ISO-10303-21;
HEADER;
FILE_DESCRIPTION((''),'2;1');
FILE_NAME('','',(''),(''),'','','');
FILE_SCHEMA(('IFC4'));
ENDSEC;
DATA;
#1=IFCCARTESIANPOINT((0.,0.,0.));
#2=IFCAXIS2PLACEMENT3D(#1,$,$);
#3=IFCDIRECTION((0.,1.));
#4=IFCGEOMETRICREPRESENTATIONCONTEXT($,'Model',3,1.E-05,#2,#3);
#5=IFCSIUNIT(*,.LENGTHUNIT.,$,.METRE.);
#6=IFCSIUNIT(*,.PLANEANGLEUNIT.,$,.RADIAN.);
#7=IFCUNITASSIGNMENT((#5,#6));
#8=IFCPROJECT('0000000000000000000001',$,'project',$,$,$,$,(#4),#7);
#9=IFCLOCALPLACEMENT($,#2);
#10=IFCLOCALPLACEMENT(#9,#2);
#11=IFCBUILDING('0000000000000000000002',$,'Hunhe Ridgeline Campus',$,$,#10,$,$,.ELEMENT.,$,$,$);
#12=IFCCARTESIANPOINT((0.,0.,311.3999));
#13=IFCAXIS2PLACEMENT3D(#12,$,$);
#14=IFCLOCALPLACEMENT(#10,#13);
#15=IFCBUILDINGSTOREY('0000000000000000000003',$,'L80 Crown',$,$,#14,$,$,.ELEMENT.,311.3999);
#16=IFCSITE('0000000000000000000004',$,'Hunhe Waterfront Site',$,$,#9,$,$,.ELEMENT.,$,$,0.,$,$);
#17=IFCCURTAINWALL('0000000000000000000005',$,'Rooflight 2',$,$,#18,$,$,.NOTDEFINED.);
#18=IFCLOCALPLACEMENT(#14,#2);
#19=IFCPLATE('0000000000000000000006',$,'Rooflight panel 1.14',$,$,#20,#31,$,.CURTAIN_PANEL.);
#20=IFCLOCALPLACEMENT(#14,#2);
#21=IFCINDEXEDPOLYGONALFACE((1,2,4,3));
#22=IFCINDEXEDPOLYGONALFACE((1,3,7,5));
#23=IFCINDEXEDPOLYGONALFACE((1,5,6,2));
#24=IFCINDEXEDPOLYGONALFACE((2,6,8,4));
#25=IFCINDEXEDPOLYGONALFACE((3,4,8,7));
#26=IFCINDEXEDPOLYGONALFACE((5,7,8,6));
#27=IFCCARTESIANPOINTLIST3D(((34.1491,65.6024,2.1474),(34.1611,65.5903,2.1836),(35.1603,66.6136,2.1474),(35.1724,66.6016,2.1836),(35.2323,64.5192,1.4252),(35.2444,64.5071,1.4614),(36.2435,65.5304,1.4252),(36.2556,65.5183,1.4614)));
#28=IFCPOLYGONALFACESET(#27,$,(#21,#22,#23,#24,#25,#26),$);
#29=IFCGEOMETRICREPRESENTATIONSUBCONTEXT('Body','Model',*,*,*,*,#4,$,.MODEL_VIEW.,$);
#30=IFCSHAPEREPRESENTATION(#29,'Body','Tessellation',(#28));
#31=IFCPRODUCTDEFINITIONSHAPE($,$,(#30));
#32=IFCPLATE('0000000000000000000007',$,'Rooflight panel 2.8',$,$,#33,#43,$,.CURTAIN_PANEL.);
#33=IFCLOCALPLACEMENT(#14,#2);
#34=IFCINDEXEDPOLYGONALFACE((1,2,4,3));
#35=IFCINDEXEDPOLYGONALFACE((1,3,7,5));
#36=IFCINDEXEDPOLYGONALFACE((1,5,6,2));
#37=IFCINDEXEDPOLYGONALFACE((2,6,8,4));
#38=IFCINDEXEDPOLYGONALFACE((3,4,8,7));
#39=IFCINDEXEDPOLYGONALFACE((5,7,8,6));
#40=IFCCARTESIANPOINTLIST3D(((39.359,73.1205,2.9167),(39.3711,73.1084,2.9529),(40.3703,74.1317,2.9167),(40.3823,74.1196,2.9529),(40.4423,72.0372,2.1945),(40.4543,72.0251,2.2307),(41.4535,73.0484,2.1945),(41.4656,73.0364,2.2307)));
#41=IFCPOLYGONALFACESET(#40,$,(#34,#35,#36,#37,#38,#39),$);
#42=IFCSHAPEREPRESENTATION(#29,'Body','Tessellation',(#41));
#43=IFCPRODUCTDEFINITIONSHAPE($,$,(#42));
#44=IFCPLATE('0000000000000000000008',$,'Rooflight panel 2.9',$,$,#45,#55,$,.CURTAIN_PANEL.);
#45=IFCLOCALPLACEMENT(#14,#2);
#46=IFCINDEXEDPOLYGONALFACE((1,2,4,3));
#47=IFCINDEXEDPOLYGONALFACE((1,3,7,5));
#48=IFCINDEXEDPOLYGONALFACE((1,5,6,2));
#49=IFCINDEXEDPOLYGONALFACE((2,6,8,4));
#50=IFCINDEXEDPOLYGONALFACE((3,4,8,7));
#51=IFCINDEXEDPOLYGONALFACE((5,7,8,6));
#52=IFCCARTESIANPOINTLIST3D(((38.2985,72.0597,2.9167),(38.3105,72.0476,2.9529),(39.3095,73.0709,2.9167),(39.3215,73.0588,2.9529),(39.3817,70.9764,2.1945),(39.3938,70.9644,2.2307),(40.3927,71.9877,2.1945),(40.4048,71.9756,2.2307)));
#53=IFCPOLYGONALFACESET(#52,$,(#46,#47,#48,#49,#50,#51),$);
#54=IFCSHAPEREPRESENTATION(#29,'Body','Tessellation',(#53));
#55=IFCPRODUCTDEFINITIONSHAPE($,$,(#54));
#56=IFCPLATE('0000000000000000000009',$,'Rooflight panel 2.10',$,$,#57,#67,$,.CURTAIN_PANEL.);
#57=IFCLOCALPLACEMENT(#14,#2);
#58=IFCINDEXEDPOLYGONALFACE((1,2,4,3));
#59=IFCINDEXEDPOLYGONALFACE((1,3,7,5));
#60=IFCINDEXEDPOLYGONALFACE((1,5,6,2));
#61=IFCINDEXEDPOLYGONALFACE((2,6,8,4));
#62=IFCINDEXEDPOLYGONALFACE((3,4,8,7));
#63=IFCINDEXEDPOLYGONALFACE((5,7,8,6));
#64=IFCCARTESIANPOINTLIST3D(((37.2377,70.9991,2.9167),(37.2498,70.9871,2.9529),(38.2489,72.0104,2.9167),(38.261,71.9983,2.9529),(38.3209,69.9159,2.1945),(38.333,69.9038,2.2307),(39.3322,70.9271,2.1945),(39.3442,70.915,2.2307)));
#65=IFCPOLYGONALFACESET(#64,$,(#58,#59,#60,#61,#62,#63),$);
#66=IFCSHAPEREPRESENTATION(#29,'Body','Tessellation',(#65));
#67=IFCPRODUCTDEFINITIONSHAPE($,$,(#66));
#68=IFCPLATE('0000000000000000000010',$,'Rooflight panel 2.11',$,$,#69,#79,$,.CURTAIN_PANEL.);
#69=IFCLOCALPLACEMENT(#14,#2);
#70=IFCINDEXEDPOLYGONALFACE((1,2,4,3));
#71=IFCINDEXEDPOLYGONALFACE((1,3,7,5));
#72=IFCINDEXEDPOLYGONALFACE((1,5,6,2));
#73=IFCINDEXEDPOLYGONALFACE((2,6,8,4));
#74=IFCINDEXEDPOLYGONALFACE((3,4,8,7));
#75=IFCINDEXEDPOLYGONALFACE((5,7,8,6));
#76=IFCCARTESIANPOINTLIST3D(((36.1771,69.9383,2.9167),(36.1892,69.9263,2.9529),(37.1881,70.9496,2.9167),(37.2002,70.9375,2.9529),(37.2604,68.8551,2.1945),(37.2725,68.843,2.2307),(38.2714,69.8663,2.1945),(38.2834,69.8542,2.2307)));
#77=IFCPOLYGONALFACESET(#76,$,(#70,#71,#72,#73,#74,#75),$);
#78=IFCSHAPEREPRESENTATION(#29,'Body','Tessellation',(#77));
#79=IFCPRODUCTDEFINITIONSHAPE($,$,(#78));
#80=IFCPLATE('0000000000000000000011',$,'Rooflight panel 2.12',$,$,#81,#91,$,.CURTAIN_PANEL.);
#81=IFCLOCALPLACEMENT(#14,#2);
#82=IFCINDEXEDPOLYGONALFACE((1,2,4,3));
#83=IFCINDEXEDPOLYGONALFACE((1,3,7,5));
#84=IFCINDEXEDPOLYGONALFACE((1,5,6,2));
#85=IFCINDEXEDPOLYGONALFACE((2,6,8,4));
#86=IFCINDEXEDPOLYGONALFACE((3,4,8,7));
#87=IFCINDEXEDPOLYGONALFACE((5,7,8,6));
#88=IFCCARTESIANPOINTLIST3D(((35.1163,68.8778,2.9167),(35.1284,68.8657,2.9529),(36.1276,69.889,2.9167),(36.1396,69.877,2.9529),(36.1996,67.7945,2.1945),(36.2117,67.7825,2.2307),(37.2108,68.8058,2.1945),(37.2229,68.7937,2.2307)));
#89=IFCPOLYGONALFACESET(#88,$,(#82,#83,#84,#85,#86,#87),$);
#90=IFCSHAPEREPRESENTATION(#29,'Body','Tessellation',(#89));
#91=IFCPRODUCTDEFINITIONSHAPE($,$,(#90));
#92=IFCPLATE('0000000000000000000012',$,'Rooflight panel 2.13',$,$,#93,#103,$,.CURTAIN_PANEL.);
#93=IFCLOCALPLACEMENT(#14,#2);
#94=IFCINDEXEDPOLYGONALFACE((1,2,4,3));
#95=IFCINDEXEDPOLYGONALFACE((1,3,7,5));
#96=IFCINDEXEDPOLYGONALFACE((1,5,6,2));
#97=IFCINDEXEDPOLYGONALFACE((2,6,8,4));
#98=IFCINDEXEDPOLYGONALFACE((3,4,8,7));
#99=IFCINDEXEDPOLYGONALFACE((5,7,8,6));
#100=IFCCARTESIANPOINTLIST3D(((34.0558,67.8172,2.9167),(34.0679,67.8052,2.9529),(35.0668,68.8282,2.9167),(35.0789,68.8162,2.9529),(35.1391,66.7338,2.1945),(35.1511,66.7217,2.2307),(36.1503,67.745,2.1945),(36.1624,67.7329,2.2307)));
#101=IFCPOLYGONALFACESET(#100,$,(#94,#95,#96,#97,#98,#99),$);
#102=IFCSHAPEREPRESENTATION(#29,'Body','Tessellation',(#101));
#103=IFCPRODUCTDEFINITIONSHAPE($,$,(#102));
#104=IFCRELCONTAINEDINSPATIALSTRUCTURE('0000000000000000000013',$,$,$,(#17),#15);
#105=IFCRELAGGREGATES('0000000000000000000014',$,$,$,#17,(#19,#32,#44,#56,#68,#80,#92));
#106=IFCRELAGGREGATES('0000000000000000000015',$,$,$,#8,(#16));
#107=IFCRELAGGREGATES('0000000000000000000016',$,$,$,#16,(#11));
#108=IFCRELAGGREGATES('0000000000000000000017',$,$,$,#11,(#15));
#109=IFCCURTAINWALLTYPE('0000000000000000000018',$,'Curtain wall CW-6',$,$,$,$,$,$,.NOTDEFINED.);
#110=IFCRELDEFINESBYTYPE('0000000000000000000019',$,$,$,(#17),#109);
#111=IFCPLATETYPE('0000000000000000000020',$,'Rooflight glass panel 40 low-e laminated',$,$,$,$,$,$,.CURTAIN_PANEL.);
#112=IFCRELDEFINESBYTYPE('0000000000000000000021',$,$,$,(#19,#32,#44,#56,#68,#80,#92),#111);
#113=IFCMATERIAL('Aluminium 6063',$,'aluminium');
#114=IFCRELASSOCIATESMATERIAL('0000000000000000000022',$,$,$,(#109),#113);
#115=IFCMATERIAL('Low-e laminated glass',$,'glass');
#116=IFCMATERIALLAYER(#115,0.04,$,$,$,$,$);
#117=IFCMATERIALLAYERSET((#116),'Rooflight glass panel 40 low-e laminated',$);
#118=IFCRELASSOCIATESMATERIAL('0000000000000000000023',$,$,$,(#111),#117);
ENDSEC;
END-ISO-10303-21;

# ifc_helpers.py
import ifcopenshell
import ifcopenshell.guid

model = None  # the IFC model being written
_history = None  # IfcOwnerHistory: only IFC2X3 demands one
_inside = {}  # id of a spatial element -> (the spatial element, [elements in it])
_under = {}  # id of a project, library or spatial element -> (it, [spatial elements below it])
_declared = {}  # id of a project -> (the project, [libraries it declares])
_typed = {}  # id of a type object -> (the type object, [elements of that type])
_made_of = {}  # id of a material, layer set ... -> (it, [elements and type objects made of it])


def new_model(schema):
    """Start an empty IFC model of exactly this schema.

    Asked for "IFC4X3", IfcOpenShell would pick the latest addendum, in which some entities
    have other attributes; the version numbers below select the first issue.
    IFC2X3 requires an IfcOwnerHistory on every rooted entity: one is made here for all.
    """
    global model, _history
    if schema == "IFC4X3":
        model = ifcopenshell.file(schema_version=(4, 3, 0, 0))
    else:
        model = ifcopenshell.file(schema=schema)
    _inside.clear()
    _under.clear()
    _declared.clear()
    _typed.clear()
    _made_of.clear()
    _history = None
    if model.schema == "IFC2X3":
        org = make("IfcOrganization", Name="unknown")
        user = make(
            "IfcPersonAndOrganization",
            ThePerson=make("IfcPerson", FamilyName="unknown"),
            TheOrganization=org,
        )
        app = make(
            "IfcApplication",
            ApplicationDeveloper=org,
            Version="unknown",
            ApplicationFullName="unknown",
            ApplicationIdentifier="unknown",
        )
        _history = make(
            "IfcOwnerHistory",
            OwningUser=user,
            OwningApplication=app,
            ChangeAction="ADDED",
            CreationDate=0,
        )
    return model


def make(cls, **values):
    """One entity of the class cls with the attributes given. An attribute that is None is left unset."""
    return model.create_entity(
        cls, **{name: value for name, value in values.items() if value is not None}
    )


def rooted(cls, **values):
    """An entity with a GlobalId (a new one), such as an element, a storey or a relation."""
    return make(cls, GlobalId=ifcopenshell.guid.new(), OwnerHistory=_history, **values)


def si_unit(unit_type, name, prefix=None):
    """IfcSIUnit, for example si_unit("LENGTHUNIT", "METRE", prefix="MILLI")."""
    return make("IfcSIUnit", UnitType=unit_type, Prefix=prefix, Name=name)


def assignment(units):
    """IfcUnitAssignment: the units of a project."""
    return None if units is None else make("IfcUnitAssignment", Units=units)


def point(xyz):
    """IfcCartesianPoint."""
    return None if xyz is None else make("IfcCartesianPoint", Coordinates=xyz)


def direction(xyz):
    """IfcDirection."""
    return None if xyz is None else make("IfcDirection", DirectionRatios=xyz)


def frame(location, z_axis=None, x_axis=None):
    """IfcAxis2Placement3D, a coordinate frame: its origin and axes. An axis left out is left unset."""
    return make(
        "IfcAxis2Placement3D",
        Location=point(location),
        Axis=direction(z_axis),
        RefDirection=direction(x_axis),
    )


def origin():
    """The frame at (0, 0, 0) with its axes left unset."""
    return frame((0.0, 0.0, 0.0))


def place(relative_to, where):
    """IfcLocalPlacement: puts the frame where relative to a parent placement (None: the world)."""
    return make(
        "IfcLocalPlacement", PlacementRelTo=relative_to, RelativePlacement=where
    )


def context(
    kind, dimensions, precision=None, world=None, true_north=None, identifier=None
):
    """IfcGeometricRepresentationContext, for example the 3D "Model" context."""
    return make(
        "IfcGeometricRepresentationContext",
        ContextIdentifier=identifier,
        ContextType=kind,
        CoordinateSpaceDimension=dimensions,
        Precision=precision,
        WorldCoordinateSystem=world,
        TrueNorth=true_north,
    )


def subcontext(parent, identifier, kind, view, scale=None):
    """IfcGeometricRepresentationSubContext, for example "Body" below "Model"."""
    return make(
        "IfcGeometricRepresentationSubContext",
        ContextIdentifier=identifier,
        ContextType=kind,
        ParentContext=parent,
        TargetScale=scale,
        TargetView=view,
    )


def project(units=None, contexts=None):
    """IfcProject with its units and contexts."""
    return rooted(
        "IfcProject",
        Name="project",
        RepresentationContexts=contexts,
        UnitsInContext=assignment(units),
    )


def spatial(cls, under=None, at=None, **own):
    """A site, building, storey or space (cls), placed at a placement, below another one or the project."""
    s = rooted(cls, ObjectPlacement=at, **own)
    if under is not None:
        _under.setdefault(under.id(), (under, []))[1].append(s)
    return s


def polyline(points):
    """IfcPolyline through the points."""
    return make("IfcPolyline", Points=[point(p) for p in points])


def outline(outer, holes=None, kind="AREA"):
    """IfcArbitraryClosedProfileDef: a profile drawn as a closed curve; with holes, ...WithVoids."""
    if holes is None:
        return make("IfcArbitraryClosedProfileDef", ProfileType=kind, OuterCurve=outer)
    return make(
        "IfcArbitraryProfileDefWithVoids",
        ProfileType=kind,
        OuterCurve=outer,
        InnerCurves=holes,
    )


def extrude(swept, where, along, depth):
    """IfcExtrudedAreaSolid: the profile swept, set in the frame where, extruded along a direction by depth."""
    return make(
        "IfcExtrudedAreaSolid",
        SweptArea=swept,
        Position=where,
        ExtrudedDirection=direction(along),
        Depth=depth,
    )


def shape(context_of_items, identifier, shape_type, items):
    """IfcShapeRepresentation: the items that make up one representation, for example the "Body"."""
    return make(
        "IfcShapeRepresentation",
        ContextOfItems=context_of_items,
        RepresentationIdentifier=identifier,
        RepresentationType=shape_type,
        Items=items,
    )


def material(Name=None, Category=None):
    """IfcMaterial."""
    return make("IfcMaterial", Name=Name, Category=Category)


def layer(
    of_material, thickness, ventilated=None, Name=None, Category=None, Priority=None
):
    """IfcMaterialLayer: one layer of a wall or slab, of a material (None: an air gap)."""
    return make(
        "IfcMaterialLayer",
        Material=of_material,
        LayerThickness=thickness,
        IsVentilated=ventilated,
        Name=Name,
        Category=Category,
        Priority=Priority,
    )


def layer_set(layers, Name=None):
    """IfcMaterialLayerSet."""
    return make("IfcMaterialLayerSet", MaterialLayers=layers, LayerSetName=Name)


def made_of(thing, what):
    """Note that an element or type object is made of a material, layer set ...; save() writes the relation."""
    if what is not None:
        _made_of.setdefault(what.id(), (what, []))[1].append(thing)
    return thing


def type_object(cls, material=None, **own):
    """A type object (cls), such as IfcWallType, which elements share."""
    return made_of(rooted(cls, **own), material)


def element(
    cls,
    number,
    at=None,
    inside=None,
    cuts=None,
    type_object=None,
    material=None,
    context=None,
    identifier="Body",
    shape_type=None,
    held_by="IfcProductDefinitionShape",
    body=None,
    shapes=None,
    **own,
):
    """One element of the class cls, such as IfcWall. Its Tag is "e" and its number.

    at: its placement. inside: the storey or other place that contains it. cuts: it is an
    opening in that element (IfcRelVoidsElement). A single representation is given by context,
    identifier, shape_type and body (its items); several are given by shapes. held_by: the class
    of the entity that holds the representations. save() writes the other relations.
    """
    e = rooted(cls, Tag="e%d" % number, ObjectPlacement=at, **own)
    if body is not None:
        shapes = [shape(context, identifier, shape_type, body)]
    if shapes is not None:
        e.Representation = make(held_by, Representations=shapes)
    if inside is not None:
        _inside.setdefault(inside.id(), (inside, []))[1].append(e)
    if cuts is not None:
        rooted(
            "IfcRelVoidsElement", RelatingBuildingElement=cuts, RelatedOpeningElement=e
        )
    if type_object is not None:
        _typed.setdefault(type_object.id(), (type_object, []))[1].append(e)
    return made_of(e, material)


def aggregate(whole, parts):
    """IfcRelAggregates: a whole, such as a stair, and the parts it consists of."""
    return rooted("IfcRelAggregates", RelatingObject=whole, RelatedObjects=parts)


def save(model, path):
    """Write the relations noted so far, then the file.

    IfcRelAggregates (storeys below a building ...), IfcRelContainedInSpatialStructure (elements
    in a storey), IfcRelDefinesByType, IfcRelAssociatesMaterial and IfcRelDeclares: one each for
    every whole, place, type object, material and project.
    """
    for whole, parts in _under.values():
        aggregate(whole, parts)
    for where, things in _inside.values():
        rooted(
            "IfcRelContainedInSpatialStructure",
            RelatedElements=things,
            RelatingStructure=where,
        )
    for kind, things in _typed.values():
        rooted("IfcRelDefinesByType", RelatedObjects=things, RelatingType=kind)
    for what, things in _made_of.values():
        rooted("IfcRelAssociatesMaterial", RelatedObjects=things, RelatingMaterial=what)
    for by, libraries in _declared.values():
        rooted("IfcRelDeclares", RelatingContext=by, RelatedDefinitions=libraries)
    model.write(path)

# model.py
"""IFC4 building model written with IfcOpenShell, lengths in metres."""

from ifc_helpers import new_model, si_unit, direction, frame, origin, place, context, subcontext, project, spatial, polyline, outline, extrude, material, layer, layer_set, type_object, element, aggregate, save


model = new_model("IFC4")

# Units and contexts
model_context = context("Model", 3, precision=1e-05, world=origin(), true_north=direction((0.0, 1.0)))
body_context = subcontext(model_context, "Body", "Model", "MODEL_VIEW")
ifc_project = project(units=[si_unit("LENGTHUNIT", "METRE"), si_unit("PLANEANGLEUNIT", "RADIAN")], contexts=[model_context])

# Site, building, storey
site_placement = place(None, origin())
site = spatial("IfcSite", under=ifc_project, at=site_placement, Name="Hunhe Waterfront Site", CompositionType="ELEMENT", RefElevation=0.0)
building_placement = place(site_placement, origin())
building = spatial("IfcBuilding", under=site, at=building_placement, Name="Hunhe Ridgeline Campus", CompositionType="ELEMENT")
storey_placement = place(building_placement, frame((0.0, 0.0, 311.3999)))
storey = spatial("IfcBuildingStorey", under=building, at=storey_placement, Name="L80 Crown", CompositionType="ELEMENT", Elevation=311.3999)

# Curtain wall, plates
ifc_material_1 = material(Name="Aluminium 6063", Category="aluminium")
curtain_wall_type = type_object("IfcCurtainWallType", Name="Curtain wall CW-6", PredefinedType="NOTDEFINED", material=ifc_material_1)
curtain_wall_placement = place(storey_placement, origin())
curtain_wall = element("IfcCurtainWall", 1, at=curtain_wall_placement, inside=storey, type_object=curtain_wall_type, Name="Rooflight 2", PredefinedType="NOTDEFINED")
ifc_material_2 = material(Name="Low-e laminated glass", Category="glass")
ifc_layer = layer(ifc_material_2, 0.04)
ifc_layer_set = layer_set([ifc_layer], Name="Rooflight glass panel 40 low-e laminated")
plate_type = type_object("IfcPlateType", Name="Rooflight glass panel 40 low-e laminated", PredefinedType="CURTAIN_PANEL", material=ifc_layer_set)
plate_1_placement = place(storey_placement, frame((36.2556, 65.5183, 1.4614), z_axis=(0.301511, -0.301511, 0.904534), x_axis=(-0.639602, 0.639602, 0.426401)))
plate_1 = element("IfcPlate", 2, at=plate_1_placement, type_object=plate_type, Name="Rooflight panel 1.14", PredefinedType="CURTAIN_PANEL", context=body_context, shape_type="SweptSolid", body=[
    extrude(outline(polyline([(0.0, 0.0), (1.6936, 0.0), (1.6936, 1.4301), (0.0, 1.4301), (0.0, 0.0)])), origin(), (0.0, 0.0, -1.0), 0.04),
])
plate_2_placement = place(storey_placement, frame((41.4656, 73.0364, 2.2307), z_axis=(0.301511, -0.301511, 0.904534), x_axis=(-0.639602, 0.639602, 0.426401)))
plate_2 = element("IfcPlate", 3, at=plate_2_placement, type_object=plate_type, Name="Rooflight panel 2.8", PredefinedType="CURTAIN_PANEL", context=body_context, shape_type="SweptSolid", body=[
    extrude(outline(polyline([(0.0, 0.0), (1.6936, 0.0), (1.6936, 1.4301), (0.0, 1.4301), (0.0, 0.0)])), origin(), (0.0, 0.0, -1.0), 0.04),
])
plate_3_placement = place(storey_placement, frame((40.4048, 71.9756, 2.2307), z_axis=(0.301548, -0.301475, 0.904534), x_axis=(-0.639602, 0.639602, 0.426401)))
plate_3 = element("IfcPlate", 4, at=plate_3_placement, type_object=plate_type, Name="Rooflight panel 2.9", PredefinedType="CURTAIN_PANEL", context=body_context, shape_type="SweptSolid", body=[
    extrude(outline(polyline([(0.0, 0.0), (1.6936, 0.0), (1.6935, 1.4299), (-0.0002, 1.4299), (0.0, 0.0)])), origin(), (0.0, 0.0, -1.0), 0.04),
])
plate_4_placement = place(storey_placement, frame((39.3442, 70.915, 2.2307), z_axis=(0.301511, -0.301511, 0.904534), x_axis=(-0.639602, 0.639602, 0.426401)))
plate_4 = element("IfcPlate", 5, at=plate_4_placement, type_object=plate_type, Name="Rooflight panel 2.10", PredefinedType="CURTAIN_PANEL", context=body_context, shape_type="SweptSolid", body=[
    extrude(outline(polyline([(0.0, 0.0), (1.6936, 0.0), (1.6936, 1.4301), (0.0, 1.4301), (0.0, 0.0)])), origin(), (0.0, 0.0, -1.0), 0.04),
])
plate_5_placement = place(storey_placement, frame((38.2834, 69.8542, 2.2307), z_axis=(0.301548, -0.301475, 0.904534), x_axis=(-0.639602, 0.639602, 0.426401)))
plate_5 = element("IfcPlate", 6, at=plate_5_placement, type_object=plate_type, Name="Rooflight panel 2.11", PredefinedType="CURTAIN_PANEL", context=body_context, shape_type="SweptSolid", body=[
    extrude(outline(polyline([(0.0, 0.0), (1.6936, 0.0), (1.6935, 1.4299), (-0.0002, 1.4299), (0.0, 0.0)])), origin(), (0.0, 0.0, -1.0), 0.04),
])
plate_6_placement = place(storey_placement, frame((37.2229, 68.7937, 2.2307), z_axis=(0.301511, -0.301511, 0.904534), x_axis=(-0.639602, 0.639602, 0.426401)))
plate_6 = element("IfcPlate", 7, at=plate_6_placement, type_object=plate_type, Name="Rooflight panel 2.12", PredefinedType="CURTAIN_PANEL", context=body_context, shape_type="SweptSolid", body=[
    extrude(outline(polyline([(0.0, 0.0), (1.6936, 0.0), (1.6936, 1.4301), (0.0, 1.4301), (0.0, 0.0)])), origin(), (0.0, 0.0, -1.0), 0.04),
])
plate_7_placement = place(storey_placement, frame((36.1624, 67.7329, 2.2307), z_axis=(0.301484, -0.301484, 0.904553), x_axis=(-0.639687, 0.639543, 0.426362)))
plate_7 = element("IfcPlate", 8, at=plate_7_placement, type_object=plate_type, Name="Rooflight panel 2.13", PredefinedType="CURTAIN_PANEL", context=body_context, shape_type="SweptSolid", body=[
    extrude(outline(polyline([(0.0, 0.0), (1.6938, 0.0), (1.6939, 1.4298), (0.0001, 1.4301), (0.0, 0.0)])), origin(), (0.0, 0.0, -1.0), 0.04),
])
aggregate(curtain_wall, [plate_1, plate_2, plate_3, plate_4, plate_5, plate_6, plate_7])

save(model, "model.ifc")
